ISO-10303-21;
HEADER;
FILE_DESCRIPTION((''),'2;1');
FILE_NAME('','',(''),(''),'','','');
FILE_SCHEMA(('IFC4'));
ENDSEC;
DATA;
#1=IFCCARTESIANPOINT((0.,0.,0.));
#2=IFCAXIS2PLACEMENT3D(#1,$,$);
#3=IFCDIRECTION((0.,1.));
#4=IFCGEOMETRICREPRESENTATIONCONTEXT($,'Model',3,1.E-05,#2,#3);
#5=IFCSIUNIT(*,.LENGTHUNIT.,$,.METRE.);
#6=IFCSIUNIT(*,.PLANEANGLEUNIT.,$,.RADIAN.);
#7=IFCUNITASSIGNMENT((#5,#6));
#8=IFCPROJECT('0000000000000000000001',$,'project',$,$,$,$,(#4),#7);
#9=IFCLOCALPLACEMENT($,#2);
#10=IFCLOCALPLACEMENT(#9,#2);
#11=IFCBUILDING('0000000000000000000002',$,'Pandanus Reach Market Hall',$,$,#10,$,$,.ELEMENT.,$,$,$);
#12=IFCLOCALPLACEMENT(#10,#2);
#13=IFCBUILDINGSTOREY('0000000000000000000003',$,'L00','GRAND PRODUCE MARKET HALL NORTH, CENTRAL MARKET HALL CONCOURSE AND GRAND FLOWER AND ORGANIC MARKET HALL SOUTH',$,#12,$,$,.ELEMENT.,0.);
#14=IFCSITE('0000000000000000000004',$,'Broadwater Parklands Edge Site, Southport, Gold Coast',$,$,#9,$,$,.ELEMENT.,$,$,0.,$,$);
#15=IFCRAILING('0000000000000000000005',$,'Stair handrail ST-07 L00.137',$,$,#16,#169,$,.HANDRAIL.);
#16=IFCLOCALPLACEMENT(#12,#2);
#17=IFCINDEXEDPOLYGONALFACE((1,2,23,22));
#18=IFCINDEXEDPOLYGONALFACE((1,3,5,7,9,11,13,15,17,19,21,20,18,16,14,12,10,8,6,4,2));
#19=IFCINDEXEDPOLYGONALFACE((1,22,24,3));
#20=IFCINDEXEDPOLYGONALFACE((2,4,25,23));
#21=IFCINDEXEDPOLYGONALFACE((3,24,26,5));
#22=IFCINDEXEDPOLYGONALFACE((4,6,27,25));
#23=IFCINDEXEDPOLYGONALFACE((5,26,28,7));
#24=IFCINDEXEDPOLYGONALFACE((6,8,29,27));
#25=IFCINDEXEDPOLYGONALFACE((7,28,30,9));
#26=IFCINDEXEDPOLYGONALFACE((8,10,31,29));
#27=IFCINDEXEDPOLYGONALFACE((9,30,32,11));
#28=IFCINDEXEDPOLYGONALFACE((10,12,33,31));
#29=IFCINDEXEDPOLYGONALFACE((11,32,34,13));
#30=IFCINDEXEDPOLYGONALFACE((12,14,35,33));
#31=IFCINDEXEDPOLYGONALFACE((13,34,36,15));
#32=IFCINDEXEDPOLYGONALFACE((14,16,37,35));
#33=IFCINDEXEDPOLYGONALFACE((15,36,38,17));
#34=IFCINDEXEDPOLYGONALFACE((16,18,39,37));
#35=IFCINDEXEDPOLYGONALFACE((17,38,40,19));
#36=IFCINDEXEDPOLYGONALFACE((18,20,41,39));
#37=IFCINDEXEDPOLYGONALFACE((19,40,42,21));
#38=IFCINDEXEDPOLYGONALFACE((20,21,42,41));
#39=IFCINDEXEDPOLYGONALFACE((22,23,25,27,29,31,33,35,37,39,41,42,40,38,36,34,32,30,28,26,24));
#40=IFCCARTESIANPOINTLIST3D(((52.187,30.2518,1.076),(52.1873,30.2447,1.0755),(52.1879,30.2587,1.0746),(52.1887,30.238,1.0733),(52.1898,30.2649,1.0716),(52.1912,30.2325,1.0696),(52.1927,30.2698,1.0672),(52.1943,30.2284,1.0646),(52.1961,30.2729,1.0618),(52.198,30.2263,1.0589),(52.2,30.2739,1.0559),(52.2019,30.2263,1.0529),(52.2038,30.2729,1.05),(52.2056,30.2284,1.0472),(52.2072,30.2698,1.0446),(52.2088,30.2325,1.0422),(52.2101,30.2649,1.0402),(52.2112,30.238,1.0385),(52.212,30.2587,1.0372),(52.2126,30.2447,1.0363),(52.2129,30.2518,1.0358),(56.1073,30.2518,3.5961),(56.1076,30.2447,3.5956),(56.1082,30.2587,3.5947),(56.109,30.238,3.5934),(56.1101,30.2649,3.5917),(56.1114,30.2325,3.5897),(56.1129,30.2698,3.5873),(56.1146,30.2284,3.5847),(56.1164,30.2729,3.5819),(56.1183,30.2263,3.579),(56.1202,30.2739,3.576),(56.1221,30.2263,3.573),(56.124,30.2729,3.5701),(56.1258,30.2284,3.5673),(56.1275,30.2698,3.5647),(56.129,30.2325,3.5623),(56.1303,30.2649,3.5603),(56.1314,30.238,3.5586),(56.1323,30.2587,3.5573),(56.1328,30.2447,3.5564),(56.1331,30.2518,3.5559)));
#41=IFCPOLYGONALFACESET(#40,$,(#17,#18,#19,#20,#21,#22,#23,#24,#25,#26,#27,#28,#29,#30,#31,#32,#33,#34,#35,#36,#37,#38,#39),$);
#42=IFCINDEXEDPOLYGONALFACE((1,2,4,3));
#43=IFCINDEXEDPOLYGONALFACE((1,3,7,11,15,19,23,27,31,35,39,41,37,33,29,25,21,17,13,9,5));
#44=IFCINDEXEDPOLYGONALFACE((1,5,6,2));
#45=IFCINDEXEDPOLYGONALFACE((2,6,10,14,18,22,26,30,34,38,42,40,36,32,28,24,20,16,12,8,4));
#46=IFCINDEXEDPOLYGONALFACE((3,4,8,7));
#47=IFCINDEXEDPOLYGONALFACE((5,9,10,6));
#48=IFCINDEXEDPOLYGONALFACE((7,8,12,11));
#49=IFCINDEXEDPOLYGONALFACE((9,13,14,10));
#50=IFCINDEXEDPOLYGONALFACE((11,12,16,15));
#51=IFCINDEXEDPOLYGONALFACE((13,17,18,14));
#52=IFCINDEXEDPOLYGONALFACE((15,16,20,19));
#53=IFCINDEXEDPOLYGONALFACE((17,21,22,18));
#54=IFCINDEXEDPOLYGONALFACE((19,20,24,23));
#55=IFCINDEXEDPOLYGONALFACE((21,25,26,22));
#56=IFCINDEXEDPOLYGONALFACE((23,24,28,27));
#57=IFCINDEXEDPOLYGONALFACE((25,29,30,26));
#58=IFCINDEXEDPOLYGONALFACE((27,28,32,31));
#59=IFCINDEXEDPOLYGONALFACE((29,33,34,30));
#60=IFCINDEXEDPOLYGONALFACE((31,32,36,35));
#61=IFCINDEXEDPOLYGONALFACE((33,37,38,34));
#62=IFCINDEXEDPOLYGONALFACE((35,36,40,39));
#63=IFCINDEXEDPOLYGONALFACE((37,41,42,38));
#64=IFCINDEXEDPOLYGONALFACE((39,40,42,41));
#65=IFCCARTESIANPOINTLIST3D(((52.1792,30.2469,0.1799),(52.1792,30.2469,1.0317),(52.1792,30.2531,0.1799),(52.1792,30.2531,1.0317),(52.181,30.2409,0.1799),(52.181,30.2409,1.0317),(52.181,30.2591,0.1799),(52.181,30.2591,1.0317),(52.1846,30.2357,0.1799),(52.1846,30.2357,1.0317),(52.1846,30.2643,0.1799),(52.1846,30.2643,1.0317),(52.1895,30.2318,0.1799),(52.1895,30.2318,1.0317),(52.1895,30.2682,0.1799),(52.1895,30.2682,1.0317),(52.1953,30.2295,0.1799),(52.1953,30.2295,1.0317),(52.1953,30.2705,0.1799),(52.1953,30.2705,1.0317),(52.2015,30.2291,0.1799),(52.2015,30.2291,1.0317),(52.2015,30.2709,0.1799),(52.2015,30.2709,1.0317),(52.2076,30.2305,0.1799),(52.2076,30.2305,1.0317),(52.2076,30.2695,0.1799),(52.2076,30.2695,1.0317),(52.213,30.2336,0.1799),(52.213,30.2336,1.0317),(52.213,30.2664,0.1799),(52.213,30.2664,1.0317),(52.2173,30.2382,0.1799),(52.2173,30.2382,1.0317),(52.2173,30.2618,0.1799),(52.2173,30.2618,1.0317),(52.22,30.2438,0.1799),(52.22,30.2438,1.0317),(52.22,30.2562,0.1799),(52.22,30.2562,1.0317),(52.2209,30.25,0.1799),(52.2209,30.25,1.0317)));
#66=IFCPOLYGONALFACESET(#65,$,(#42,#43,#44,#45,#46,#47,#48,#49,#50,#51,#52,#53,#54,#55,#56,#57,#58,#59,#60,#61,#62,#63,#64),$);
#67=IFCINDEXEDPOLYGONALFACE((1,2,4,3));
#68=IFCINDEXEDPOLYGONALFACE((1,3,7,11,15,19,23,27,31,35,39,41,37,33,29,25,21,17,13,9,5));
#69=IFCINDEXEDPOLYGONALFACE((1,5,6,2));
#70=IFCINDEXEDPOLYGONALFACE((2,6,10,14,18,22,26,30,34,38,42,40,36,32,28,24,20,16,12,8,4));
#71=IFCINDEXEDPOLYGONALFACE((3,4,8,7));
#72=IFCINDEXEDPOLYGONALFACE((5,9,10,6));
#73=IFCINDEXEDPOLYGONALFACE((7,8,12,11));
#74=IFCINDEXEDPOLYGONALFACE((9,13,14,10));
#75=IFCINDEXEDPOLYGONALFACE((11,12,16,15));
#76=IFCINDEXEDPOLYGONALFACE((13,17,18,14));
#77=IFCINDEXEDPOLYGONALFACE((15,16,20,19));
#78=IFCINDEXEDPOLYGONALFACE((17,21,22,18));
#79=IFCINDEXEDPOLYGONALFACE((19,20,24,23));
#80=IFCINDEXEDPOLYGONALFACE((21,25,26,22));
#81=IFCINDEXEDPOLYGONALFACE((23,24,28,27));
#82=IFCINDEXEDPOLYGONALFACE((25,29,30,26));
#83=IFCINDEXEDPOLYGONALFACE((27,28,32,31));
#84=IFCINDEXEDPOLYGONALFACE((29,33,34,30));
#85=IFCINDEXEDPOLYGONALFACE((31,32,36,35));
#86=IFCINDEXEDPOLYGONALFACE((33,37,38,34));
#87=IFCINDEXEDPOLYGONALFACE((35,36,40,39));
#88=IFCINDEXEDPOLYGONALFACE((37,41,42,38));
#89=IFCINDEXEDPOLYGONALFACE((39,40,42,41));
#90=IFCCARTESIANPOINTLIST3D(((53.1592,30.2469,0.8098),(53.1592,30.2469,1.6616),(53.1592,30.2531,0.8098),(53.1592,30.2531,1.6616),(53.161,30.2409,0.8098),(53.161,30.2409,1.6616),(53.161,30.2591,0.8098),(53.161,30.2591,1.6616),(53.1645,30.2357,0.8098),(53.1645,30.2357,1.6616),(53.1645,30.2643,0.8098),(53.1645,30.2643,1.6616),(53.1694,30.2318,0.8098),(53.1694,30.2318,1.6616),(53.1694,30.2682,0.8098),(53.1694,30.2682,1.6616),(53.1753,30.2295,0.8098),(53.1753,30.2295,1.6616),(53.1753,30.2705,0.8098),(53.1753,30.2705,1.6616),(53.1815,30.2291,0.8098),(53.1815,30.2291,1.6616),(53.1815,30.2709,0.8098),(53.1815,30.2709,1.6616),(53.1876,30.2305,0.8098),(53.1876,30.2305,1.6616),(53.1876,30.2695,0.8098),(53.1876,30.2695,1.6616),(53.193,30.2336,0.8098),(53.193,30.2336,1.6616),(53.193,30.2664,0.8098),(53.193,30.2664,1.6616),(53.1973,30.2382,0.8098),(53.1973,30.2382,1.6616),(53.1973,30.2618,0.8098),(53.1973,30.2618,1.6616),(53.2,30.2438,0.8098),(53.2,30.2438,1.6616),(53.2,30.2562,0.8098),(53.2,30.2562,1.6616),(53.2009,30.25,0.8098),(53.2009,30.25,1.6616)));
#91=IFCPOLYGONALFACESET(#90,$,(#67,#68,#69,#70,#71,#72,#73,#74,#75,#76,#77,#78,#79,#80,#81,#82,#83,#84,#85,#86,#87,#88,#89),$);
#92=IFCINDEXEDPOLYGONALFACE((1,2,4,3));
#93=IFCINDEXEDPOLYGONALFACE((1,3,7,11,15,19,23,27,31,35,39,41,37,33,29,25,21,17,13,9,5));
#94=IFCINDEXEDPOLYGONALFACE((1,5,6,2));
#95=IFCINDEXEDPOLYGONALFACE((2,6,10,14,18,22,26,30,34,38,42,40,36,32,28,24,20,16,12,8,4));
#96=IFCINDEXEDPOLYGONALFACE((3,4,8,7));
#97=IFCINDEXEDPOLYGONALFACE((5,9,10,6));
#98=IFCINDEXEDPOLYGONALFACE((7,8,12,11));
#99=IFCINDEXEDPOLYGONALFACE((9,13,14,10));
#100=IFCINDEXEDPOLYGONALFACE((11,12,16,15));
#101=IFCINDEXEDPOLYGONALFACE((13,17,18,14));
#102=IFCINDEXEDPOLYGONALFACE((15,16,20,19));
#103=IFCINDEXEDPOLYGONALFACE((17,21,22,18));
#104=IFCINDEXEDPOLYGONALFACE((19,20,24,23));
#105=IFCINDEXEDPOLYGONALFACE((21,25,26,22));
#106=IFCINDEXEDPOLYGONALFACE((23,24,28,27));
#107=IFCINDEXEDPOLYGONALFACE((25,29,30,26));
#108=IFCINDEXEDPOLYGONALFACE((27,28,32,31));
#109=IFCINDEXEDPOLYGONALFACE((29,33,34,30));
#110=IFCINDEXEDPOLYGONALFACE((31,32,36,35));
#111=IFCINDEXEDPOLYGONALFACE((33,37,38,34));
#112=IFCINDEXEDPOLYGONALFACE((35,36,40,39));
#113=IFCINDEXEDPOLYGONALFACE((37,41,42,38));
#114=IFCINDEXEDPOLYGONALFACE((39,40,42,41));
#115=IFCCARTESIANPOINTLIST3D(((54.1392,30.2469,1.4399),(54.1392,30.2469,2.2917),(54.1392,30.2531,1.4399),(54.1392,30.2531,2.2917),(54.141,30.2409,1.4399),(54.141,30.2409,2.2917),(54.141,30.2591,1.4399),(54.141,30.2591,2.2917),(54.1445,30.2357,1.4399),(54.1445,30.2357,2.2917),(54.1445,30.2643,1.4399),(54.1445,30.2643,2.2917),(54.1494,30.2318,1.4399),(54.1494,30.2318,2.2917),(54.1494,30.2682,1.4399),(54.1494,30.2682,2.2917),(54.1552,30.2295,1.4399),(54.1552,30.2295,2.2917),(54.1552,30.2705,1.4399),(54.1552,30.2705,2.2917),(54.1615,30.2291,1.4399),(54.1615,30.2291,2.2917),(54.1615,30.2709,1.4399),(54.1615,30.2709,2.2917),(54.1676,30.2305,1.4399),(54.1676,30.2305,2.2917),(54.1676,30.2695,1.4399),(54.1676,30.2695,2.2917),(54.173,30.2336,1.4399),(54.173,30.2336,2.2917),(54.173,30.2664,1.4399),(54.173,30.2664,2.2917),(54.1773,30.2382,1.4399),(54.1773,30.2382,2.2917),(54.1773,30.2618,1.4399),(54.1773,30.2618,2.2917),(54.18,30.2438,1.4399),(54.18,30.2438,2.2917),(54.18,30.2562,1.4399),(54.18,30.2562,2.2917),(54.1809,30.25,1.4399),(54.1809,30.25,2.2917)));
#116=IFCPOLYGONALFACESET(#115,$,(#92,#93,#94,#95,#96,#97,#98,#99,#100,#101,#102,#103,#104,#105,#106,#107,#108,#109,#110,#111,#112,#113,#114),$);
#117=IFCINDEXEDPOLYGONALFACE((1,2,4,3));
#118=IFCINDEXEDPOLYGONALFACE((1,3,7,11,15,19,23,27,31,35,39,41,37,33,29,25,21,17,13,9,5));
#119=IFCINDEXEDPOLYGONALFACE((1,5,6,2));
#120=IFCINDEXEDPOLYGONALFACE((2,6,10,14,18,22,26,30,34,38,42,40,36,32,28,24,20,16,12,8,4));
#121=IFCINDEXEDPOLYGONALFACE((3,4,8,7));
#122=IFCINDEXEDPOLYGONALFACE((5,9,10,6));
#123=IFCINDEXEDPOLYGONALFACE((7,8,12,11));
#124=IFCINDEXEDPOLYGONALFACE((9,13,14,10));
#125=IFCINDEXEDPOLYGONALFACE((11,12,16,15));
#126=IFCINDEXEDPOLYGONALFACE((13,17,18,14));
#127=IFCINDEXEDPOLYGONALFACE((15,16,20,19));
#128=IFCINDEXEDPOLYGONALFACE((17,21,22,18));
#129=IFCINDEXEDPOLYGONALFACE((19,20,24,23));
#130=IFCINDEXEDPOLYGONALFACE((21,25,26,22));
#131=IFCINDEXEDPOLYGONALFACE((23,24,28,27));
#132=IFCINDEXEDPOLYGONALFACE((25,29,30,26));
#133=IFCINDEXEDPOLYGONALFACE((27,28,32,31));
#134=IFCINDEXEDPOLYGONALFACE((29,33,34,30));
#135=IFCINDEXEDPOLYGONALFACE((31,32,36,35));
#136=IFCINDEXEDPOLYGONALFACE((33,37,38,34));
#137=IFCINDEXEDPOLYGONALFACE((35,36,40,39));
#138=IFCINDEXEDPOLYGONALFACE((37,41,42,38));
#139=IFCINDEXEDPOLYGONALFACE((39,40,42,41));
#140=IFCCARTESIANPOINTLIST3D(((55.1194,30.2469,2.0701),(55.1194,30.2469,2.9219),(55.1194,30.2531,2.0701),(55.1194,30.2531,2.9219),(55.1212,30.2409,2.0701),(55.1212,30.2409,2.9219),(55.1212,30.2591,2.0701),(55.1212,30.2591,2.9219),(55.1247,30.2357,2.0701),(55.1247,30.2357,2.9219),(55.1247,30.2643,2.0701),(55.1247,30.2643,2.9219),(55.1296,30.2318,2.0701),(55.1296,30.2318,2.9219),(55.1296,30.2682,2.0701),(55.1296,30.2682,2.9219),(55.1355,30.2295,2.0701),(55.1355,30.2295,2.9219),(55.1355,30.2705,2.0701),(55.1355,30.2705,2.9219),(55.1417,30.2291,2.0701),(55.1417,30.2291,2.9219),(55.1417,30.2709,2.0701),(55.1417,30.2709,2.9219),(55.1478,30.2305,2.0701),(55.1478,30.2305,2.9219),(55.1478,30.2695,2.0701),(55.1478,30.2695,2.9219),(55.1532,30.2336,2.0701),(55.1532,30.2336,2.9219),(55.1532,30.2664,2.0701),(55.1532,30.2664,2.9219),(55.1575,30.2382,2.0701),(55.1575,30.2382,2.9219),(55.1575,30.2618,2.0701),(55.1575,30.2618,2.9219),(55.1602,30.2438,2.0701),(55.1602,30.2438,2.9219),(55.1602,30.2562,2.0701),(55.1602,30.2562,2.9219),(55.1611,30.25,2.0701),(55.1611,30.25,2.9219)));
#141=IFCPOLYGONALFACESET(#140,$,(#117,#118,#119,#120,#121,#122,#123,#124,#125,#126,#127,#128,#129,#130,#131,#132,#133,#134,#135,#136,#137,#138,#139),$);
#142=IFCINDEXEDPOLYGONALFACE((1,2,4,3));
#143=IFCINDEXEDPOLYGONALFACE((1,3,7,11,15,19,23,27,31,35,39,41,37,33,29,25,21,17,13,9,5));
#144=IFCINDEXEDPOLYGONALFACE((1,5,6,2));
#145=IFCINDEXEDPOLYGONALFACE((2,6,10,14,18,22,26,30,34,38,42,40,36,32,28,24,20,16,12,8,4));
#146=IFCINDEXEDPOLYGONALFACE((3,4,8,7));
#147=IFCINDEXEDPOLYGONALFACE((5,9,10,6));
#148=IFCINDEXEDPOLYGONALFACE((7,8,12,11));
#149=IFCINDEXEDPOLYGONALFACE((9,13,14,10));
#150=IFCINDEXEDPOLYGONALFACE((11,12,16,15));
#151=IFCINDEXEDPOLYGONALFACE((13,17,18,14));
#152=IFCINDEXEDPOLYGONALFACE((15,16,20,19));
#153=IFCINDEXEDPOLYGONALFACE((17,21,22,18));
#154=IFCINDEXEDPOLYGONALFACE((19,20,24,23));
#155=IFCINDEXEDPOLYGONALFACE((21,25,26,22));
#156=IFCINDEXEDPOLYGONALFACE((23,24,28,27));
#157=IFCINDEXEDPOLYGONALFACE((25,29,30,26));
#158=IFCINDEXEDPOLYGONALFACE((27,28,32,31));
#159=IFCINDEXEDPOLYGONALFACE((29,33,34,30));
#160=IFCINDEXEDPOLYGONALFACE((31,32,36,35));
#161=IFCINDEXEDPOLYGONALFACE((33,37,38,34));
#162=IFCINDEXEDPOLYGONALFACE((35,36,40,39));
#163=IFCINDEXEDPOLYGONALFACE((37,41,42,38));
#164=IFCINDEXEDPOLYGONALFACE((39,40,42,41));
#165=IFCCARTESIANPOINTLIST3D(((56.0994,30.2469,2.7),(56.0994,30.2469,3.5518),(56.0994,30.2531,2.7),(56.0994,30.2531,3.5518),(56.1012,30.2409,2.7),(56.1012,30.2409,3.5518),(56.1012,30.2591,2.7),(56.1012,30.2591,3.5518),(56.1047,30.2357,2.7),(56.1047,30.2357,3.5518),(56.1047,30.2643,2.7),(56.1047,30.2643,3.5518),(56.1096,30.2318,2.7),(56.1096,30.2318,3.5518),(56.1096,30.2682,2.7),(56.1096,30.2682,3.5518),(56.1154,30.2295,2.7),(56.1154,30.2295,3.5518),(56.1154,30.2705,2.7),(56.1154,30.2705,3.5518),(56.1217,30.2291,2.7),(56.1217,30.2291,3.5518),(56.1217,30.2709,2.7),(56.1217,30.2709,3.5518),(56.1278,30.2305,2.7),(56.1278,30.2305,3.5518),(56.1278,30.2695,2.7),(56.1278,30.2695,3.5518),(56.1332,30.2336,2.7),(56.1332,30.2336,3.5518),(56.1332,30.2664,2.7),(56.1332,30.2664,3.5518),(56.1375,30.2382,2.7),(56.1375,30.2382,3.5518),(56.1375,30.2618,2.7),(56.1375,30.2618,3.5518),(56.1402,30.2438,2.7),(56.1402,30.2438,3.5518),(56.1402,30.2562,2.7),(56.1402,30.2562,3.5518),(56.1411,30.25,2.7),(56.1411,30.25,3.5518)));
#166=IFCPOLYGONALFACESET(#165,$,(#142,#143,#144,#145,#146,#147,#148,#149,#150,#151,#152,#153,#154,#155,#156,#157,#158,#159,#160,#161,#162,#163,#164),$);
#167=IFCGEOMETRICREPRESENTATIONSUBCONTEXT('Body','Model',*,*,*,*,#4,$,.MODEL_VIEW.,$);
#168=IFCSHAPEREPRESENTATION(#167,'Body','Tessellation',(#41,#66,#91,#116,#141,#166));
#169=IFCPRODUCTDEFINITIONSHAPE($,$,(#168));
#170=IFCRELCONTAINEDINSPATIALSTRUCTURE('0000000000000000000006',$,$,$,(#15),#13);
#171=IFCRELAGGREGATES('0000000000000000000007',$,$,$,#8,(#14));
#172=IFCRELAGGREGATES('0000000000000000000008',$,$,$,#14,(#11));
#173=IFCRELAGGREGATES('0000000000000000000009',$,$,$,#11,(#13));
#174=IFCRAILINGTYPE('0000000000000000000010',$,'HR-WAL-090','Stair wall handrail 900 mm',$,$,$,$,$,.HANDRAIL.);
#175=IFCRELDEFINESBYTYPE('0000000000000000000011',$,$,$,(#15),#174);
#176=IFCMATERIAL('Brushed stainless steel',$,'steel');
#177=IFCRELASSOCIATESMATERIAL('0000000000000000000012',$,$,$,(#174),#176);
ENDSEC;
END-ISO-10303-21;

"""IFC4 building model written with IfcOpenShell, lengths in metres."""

from ifc_helpers import new_model, si_unit, direction, frame, origin, origin_2d, place, context, subcontext, project, spatial, circle, extrude, material, type_object, element, save


model = new_model("IFC4")

# Units and contexts
model_context = context("Model", 3, precision=1e-05, world=origin(), true_north=direction((0.0, 1.0)))
body_context = subcontext(model_context, "Body", "Model", "MODEL_VIEW")
ifc_project = project(units=[si_unit("LENGTHUNIT", "METRE"), si_unit("PLANEANGLEUNIT", "RADIAN")], contexts=[model_context])

# Site, building, storey
site_placement = place(None, origin())
site = spatial("IfcSite", under=ifc_project, at=site_placement, Name="Broadwater Parklands Edge Site, Southport, Gold Coast", CompositionType="ELEMENT", RefElevation=0.0)
building_placement = place(site_placement, origin())
building = spatial("IfcBuilding", under=site, at=building_placement, Name="Pandanus Reach Market Hall", CompositionType="ELEMENT")
storey_placement = place(building_placement, origin())
storey = spatial("IfcBuildingStorey", under=building, at=storey_placement, Name="L00", Description="GRAND PRODUCE MARKET HALL NORTH, CENTRAL MARKET HALL CONCOURSE AND GRAND FLOWER AND ORGANIC MARKET HALL SOUTH", CompositionType="ELEMENT", Elevation=0.0)

# Railing
ifc_material_1 = material(Name="Brushed stainless steel", Category="steel")
railing_type_1 = type_object("IfcRailingType", Name="HR-WAL-090", Description="Stair wall handrail 900 mm", PredefinedType="HANDRAIL", material=ifc_material_1)
railing_1_placement = place(storey_placement, frame((52.2, 30.25, 0.1799)))
element("IfcRailing", 1, at=railing_1_placement, inside=storey, type_object=railing_type_1, Name="Stair handrail ST-07 L00.137", PredefinedType="HANDRAIL", context=body_context, shape_type="SweptSolid", body=[
    extrude(circle(Radius=0.0239, at=origin_2d()), frame((0.0, 0.0, 0.876), z_axis=(0.841187, 0.0, 0.540744), x_axis=(0.0, 1.0, 0.0)), (0.0, 0.0, 1.0), 4.6604),
    extrude(circle(Radius=0.021, at=origin_2d()), origin(), (0.0, 0.0, 1.0), 0.8518),
    extrude(circle(Radius=0.021, at=origin_2d()), frame((0.98, 0.0, 0.6299)), (0.0, 0.0, 1.0), 0.8518),
    extrude(circle(Radius=0.021, at=origin_2d()), frame((1.96, 0.0, 1.26)), (0.0, 0.0, 1.0), 0.8518),
    extrude(circle(Radius=0.021, at=origin_2d()), frame((2.9402, 0.0, 1.8901)), (0.0, 0.0, 1.0), 0.8518),
    extrude(circle(Radius=0.021, at=origin_2d()), frame((3.9202, 0.0, 2.52)), (0.0, 0.0, 1.0), 0.8518),
])

save(model, "model.ifc")
